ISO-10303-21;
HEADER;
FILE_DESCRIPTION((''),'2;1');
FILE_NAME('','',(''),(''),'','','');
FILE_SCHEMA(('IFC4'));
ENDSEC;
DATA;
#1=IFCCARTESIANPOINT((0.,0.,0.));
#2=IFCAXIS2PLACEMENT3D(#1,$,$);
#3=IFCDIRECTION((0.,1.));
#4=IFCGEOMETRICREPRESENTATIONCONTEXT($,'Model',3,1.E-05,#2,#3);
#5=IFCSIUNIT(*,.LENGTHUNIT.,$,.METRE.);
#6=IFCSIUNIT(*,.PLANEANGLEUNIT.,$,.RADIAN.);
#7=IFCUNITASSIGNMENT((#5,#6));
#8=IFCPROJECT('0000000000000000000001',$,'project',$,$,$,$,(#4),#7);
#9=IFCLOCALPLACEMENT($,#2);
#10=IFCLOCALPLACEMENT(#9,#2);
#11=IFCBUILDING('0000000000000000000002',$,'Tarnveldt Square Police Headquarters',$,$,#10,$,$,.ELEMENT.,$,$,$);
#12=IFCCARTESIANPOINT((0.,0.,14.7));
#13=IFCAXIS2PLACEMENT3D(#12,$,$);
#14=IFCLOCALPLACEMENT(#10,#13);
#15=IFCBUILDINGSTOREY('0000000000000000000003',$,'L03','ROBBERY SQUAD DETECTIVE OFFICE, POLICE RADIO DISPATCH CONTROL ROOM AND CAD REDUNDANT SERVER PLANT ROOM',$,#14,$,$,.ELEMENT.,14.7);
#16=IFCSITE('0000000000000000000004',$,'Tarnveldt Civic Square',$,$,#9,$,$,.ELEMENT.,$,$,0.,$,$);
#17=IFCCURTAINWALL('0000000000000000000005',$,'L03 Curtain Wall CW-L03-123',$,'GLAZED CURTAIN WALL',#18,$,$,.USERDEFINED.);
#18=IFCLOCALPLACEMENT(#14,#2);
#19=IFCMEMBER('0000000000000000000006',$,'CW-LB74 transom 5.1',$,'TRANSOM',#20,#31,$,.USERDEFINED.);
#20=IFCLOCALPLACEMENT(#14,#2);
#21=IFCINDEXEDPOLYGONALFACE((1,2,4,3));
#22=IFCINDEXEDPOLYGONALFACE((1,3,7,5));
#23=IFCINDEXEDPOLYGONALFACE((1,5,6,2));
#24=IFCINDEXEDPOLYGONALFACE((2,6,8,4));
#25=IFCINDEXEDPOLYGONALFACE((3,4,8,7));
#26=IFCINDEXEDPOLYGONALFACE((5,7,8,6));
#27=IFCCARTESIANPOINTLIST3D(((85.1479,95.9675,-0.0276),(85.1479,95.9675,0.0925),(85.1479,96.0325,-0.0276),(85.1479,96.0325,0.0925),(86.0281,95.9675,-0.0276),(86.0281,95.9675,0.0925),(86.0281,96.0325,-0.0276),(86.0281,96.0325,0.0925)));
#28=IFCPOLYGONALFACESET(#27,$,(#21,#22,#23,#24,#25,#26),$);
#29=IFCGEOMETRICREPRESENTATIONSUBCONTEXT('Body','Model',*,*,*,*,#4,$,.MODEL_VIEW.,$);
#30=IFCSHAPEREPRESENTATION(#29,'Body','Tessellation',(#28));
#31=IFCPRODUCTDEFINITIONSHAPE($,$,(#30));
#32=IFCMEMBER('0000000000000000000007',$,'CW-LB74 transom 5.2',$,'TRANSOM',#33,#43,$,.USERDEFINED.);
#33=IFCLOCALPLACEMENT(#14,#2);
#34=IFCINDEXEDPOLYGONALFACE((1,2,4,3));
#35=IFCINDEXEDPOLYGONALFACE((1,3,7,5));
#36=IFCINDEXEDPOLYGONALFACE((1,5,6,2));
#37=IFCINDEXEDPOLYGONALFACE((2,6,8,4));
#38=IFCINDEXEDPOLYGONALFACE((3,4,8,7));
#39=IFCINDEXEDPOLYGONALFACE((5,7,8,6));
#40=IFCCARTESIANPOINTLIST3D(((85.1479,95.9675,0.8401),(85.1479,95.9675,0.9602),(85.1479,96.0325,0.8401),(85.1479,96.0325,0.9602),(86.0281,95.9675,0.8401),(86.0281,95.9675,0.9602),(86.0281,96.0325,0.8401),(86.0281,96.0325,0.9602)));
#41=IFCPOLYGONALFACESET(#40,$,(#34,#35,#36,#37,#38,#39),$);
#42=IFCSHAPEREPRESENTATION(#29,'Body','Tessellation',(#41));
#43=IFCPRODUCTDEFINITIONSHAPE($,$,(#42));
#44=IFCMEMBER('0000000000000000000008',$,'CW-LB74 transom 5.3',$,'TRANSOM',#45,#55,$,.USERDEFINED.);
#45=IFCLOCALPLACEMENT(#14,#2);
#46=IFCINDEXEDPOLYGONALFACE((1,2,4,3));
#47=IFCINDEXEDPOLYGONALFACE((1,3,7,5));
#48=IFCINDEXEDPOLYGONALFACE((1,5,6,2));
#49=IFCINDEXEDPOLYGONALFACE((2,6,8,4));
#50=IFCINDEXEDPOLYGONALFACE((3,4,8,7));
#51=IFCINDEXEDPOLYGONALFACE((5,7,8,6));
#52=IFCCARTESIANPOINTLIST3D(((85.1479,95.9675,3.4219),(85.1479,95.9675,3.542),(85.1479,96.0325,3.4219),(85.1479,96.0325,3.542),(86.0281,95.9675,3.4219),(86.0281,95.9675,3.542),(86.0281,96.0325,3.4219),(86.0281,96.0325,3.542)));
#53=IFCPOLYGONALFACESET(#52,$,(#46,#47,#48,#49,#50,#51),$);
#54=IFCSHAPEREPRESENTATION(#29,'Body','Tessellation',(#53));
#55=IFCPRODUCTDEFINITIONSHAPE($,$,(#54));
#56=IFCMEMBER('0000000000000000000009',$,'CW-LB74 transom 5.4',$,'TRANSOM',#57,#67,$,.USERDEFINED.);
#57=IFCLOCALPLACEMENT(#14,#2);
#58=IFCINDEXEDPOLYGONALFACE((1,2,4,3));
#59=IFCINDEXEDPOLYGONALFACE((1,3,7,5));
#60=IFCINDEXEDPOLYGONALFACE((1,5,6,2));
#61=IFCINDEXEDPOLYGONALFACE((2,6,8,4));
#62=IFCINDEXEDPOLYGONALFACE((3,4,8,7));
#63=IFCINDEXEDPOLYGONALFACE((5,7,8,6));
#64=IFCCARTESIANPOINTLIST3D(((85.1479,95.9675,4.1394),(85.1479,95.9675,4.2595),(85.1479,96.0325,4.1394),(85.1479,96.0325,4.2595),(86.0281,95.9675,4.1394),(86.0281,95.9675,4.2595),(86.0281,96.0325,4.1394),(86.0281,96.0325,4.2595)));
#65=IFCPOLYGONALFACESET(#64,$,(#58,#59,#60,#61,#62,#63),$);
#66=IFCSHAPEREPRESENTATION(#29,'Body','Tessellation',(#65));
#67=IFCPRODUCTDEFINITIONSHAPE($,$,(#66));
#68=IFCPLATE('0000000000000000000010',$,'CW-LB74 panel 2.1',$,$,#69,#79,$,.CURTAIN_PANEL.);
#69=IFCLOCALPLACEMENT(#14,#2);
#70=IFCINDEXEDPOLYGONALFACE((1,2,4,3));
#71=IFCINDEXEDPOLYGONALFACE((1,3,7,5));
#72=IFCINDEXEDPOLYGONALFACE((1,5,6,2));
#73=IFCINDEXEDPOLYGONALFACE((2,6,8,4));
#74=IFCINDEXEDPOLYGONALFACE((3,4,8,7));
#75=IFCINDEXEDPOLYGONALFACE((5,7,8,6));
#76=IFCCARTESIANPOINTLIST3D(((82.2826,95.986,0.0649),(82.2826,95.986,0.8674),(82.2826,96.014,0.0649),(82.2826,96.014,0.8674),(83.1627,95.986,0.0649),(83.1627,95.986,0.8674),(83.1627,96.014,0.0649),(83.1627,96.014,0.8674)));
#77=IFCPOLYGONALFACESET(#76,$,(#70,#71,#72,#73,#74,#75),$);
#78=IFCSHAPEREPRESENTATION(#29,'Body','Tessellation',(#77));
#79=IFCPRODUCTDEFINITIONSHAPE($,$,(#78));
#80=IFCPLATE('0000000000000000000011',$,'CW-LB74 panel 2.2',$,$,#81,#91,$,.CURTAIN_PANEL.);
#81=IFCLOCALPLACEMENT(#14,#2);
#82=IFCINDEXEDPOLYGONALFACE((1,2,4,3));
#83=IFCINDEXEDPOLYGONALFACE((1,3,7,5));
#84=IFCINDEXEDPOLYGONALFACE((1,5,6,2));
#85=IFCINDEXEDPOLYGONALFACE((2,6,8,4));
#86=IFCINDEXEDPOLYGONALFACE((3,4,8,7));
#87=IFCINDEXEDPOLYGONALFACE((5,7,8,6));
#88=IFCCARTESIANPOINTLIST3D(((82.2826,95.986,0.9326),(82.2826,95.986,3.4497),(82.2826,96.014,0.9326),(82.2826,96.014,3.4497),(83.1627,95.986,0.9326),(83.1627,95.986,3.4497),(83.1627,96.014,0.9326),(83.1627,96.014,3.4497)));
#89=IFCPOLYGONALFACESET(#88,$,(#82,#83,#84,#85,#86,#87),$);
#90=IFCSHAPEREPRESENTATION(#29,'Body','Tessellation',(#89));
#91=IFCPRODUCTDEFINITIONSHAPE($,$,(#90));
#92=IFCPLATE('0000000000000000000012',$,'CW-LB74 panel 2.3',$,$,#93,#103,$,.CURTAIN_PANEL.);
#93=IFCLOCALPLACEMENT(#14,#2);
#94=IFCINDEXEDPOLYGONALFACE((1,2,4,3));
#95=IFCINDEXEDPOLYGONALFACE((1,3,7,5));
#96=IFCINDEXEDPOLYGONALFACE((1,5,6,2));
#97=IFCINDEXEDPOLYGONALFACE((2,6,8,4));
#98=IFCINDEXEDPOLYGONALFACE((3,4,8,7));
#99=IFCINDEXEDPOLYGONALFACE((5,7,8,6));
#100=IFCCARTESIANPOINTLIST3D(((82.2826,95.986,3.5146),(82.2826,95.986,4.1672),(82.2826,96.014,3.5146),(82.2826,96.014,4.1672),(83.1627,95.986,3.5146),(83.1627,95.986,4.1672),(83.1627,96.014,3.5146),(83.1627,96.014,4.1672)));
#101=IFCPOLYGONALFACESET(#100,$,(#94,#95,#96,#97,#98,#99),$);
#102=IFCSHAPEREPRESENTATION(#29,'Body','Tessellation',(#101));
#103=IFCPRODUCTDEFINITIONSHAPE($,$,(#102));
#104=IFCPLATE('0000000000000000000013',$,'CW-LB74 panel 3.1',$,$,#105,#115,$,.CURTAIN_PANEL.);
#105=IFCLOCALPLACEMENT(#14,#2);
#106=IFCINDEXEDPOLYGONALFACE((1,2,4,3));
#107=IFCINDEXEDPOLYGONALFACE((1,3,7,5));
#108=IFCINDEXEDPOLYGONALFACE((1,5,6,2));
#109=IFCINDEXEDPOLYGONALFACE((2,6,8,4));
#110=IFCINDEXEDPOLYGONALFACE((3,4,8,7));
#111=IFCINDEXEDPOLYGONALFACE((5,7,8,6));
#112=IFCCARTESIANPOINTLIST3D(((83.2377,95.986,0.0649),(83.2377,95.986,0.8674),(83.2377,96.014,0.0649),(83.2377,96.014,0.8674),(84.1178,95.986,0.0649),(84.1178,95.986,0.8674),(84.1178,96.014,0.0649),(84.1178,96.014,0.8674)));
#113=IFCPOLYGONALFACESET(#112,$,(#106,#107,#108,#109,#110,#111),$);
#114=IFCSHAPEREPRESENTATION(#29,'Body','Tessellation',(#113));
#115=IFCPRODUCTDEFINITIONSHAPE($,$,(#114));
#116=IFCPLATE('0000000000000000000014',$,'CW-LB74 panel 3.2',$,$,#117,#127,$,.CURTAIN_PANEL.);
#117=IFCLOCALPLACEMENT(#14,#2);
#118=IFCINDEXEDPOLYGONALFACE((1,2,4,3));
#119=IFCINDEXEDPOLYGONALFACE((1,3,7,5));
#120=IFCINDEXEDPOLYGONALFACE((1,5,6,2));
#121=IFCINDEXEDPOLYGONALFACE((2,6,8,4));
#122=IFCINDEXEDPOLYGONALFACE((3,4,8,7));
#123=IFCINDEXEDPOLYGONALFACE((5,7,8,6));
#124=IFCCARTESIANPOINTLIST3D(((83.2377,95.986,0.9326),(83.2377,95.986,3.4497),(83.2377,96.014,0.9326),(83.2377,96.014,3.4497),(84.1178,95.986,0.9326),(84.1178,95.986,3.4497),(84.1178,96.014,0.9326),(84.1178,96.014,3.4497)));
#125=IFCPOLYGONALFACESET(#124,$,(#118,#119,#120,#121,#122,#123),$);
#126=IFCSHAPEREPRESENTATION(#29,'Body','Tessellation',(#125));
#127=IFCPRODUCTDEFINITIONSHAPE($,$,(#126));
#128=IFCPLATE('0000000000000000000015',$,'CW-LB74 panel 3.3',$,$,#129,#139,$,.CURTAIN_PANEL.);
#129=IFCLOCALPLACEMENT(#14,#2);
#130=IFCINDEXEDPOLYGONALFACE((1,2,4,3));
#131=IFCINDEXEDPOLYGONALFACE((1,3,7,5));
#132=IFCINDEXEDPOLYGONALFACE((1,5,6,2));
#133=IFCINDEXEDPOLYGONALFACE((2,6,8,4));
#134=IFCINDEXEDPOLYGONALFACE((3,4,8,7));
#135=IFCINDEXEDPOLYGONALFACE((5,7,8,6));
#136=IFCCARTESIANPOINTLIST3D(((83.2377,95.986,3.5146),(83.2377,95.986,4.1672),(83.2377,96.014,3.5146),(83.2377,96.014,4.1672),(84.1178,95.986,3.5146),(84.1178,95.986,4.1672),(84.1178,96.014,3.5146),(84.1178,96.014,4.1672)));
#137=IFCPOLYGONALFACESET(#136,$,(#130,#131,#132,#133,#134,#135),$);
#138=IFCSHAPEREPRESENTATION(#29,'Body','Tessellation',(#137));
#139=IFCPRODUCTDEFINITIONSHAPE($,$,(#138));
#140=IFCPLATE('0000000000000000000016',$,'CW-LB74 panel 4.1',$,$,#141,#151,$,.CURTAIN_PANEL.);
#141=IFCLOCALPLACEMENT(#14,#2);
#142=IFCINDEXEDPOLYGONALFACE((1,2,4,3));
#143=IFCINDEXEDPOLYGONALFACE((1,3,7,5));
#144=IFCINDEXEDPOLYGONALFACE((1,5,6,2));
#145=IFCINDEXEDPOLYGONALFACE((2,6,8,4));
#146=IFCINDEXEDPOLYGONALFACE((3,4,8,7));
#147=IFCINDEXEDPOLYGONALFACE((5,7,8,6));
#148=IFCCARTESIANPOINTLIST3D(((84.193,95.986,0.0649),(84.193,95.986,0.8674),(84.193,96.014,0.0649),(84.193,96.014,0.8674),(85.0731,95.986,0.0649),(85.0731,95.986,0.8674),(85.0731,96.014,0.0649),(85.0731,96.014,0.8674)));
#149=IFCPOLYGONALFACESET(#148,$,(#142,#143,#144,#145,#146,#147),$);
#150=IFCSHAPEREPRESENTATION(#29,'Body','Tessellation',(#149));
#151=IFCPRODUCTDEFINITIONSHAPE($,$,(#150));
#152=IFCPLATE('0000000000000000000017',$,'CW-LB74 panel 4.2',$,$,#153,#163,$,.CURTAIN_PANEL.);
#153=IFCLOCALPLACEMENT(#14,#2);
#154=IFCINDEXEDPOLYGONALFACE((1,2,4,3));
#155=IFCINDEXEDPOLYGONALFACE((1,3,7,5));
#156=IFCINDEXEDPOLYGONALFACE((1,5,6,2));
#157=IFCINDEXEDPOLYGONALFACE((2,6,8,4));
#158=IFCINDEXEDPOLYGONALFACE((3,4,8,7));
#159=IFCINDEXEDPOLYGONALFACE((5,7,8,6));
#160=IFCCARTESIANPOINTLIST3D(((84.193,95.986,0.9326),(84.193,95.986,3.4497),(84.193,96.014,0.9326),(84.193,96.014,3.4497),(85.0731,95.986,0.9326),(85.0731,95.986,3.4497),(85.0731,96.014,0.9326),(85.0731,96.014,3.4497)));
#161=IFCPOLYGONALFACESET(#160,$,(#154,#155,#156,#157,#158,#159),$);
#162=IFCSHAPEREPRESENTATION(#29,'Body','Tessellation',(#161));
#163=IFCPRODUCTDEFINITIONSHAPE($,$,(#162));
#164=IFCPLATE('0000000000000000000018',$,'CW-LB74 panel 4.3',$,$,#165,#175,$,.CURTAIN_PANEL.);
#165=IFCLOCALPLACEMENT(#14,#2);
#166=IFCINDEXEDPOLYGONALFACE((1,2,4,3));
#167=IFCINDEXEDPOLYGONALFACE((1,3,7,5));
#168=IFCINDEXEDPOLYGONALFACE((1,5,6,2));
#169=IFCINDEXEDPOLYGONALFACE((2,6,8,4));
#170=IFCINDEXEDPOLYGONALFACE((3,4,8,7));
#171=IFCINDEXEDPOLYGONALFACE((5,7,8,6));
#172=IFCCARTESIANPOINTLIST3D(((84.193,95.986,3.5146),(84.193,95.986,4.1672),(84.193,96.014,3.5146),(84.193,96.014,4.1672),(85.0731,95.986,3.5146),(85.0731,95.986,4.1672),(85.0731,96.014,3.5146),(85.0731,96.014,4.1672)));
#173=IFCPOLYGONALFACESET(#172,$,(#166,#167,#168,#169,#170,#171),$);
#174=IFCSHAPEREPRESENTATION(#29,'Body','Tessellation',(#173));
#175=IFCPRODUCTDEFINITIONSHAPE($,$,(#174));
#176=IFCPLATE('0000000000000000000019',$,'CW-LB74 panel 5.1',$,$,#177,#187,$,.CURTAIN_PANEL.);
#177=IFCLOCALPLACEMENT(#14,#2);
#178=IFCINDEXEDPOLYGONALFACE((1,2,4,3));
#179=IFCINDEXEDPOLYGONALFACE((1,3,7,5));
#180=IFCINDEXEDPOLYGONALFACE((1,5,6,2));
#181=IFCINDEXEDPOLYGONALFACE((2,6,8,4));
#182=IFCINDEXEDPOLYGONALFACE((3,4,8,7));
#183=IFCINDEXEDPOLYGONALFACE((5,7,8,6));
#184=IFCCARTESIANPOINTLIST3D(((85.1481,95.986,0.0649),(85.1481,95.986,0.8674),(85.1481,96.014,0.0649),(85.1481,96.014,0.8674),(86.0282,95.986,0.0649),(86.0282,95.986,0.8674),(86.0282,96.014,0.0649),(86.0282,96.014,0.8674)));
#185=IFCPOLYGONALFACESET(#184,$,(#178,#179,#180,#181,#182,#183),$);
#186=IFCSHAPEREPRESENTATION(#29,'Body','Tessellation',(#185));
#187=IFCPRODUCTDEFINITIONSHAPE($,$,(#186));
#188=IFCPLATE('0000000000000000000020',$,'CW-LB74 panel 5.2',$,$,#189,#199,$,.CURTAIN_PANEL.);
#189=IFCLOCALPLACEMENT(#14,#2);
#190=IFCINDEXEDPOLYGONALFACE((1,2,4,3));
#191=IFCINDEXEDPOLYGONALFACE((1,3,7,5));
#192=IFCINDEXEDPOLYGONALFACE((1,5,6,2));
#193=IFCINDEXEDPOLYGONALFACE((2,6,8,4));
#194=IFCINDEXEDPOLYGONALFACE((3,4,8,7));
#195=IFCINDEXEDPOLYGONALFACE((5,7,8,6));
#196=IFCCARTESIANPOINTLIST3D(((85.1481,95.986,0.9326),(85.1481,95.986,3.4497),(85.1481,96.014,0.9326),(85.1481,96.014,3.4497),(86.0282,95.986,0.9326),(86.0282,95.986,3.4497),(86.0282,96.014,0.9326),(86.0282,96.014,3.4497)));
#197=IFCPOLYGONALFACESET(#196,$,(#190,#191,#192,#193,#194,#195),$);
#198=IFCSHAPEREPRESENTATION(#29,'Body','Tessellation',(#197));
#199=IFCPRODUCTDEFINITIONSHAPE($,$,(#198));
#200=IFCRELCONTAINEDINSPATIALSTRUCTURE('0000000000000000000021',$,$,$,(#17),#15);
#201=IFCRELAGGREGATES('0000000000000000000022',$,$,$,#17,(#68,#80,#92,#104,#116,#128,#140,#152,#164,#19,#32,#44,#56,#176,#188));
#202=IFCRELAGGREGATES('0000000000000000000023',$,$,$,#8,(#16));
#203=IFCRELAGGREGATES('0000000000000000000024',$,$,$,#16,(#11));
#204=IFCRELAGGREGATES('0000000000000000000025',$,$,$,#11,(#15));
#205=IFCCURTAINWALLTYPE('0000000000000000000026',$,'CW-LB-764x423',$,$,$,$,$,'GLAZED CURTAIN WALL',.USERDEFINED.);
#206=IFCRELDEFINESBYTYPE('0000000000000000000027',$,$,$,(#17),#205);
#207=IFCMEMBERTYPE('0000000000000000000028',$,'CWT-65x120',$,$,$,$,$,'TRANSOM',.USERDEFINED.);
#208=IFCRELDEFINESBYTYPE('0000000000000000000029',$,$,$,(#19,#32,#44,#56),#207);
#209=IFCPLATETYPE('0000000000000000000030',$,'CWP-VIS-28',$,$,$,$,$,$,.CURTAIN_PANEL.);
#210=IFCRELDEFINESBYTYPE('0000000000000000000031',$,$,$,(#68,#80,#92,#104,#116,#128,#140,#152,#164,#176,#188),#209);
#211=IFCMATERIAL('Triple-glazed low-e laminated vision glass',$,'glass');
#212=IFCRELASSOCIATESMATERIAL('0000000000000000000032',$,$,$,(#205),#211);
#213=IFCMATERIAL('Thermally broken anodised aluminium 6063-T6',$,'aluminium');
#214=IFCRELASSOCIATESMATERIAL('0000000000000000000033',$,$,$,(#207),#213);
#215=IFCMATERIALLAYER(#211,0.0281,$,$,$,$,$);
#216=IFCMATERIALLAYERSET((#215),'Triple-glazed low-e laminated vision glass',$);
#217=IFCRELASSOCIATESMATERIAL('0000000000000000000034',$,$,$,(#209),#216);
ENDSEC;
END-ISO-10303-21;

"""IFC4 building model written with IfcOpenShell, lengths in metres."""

from ifc_helpers import new_model, si_unit, direction, frame, origin, origin_2d, place, context, subcontext, project, spatial, rectangle, extrude, material, layer, layer_set, material_profile, profile_set, type_object, element, aggregate, save


model = new_model("IFC4")

# Units and contexts
model_context = context("Model", 3, precision=1e-05, world=origin(), true_north=direction((0.0, 1.0)))
body_context = subcontext(model_context, "Body", "Model", "MODEL_VIEW")
ifc_project = project(units=[si_unit("LENGTHUNIT", "METRE"), si_unit("PLANEANGLEUNIT", "RADIAN")], contexts=[model_context])

# Site, building, storey
site_placement = place(None, origin())
site = spatial("IfcSite", under=ifc_project, at=site_placement, Name="Tarnveldt Civic Square", CompositionType="ELEMENT", RefElevation=0.0)
building_placement = place(site_placement, origin())
building = spatial("IfcBuilding", under=site, at=building_placement, Name="Tarnveldt Square Police Headquarters", CompositionType="ELEMENT")
storey_placement = place(building_placement, frame((0.0, 0.0, 14.7)))
storey = spatial("IfcBuildingStorey", under=building, at=storey_placement, Name="L03", Description="ROBBERY SQUAD DETECTIVE OFFICE, POLICE RADIO DISPATCH CONTROL ROOM AND CAD REDUNDANT SERVER PLANT ROOM", CompositionType="ELEMENT", Elevation=14.7)

# Curtain wall, members, plates
ifc_material_1 = material(Name="Triple-glazed low-e laminated vision glass", Category="glass")
curtain_wall_type = type_object("IfcCurtainWallType", Name="CW-LB-764x423", ElementType="GLAZED CURTAIN WALL", PredefinedType="USERDEFINED", material=ifc_material_1)
curtain_wall_placement = place(storey_placement, origin())
curtain_wall = element("IfcCurtainWall", 1, at=curtain_wall_placement, inside=storey, type_object=curtain_wall_type, Name="L03 Curtain Wall CW-L03-123", ObjectType="GLAZED CURTAIN WALL", PredefinedType="USERDEFINED")
ifc_material_2 = material(Name="Thermally broken anodised aluminium 6063-T6", Category="aluminium")
ifc_material_profile_1 = material_profile(ifc_material_2, rectangle(XDim=0.0649, YDim=0.1201, at=origin_2d()), Name="CW-T65x120")
ifc_profile_set_1 = profile_set([ifc_material_profile_1], Name="Thermally broken anodised aluminium 6063-T6")
member_type_1 = type_object("IfcMemberType", Name="CWT-65x120", ElementType="TRANSOM", PredefinedType="USERDEFINED", material=ifc_profile_set_1)
member_1_placement = place(storey_placement, frame((85.1479, 96.0, 0.0325), z_axis=(1.0, 0.0, 0.0), x_axis=(0.0, 1.0, 0.0)))
member_1 = element("IfcMember", 2, at=member_1_placement, type_object=member_type_1, Name="CW-LB74 transom 5.1", ObjectType="TRANSOM", PredefinedType="USERDEFINED", context=body_context, shape_type="SweptSolid", body=[
    extrude(rectangle(XDim=0.0649, YDim=0.1201, at=origin_2d()), origin(), (0.0, 0.0, 1.0), 0.8801),
])
member_2_placement = place(storey_placement, frame((85.1479, 96.0, 0.9001), z_axis=(1.0, 0.0, 0.0), x_axis=(0.0, 1.0, 0.0)))
member_2 = element("IfcMember", 3, at=member_2_placement, type_object=member_type_1, Name="CW-LB74 transom 5.2", ObjectType="TRANSOM", PredefinedType="USERDEFINED", context=body_context, shape_type="SweptSolid", body=[
    extrude(rectangle(XDim=0.0649, YDim=0.1201, at=origin_2d()), origin(), (0.0, 0.0, 1.0), 0.8801),
])
member_3_placement = place(storey_placement, frame((85.1479, 96.0, 3.4819), z_axis=(1.0, 0.0, 0.0), x_axis=(0.0, 1.0, 0.0)))
member_3 = element("IfcMember", 4, at=member_3_placement, type_object=member_type_1, Name="CW-LB74 transom 5.3", ObjectType="TRANSOM", PredefinedType="USERDEFINED", context=body_context, shape_type="SweptSolid", body=[
    extrude(rectangle(XDim=0.0649, YDim=0.1201, at=origin_2d()), origin(), (0.0, 0.0, 1.0), 0.8801),
])
member_4_placement = place(storey_placement, frame((85.1479, 96.0, 4.1995), z_axis=(1.0, 0.0, 0.0), x_axis=(0.0, 1.0, 0.0)))
member_4 = element("IfcMember", 5, at=member_4_placement, type_object=member_type_1, Name="CW-LB74 transom 5.4", ObjectType="TRANSOM", PredefinedType="USERDEFINED", context=body_context, shape_type="SweptSolid", body=[
    extrude(rectangle(XDim=0.0649, YDim=0.1201, at=origin_2d()), origin(), (0.0, 0.0, 1.0), 0.8801),
])
ifc_layer = layer(ifc_material_1, 0.0281)
ifc_layer_set = layer_set([ifc_layer], Name="Triple-glazed low-e laminated vision glass")
plate_type = type_object("IfcPlateType", Name="CWP-VIS-28", PredefinedType="CURTAIN_PANEL", material=ifc_layer_set)
plate_1_placement = place(storey_placement, frame((82.7227, 96.0, 0.0649), z_axis=(0.0, 0.0, 1.0), x_axis=(1.0, 0.0, 0.0)))
plate_1 = element("IfcPlate", 6, at=plate_1_placement, type_object=plate_type, Name="CW-LB74 panel 2.1", PredefinedType="CURTAIN_PANEL", context=body_context, shape_type="SweptSolid", body=[
    extrude(rectangle(XDim=0.8801, YDim=0.0281, at=origin_2d()), origin(), (0.0, 0.0, 1.0), 0.8025),
])
plate_2_placement = place(storey_placement, frame((82.7227, 96.0, 0.9326), z_axis=(0.0, 0.0, 1.0), x_axis=(1.0, 0.0, 0.0)))
plate_2 = element("IfcPlate", 7, at=plate_2_placement, type_object=plate_type, Name="CW-LB74 panel 2.2", PredefinedType="CURTAIN_PANEL", context=body_context, shape_type="SweptSolid", body=[
    extrude(rectangle(XDim=0.8801, YDim=0.0281, at=origin_2d()), origin(), (0.0, 0.0, 1.0), 2.5171),
])
plate_3_placement = place(storey_placement, frame((82.7227, 96.0, 3.5146), z_axis=(0.0, 0.0, 1.0), x_axis=(1.0, 0.0, 0.0)))
plate_3 = element("IfcPlate", 8, at=plate_3_placement, type_object=plate_type, Name="CW-LB74 panel 2.3", PredefinedType="CURTAIN_PANEL", context=body_context, shape_type="SweptSolid", body=[
    extrude(rectangle(XDim=0.8801, YDim=0.0281, at=origin_2d()), origin(), (0.0, 0.0, 1.0), 0.6526),
])
plate_4_placement = place(storey_placement, frame((83.6777, 96.0, 0.0649), z_axis=(0.0, 0.0, 1.0), x_axis=(1.0, 0.0, 0.0)))
plate_4 = element("IfcPlate", 9, at=plate_4_placement, type_object=plate_type, Name="CW-LB74 panel 3.1", PredefinedType="CURTAIN_PANEL", context=body_context, shape_type="SweptSolid", body=[
    extrude(rectangle(XDim=0.8801, YDim=0.0281, at=origin_2d()), origin(), (0.0, 0.0, 1.0), 0.8025),
])
plate_5_placement = place(storey_placement, frame((83.6777, 96.0, 0.9326), z_axis=(0.0, 0.0, 1.0), x_axis=(1.0, 0.0, 0.0)))
plate_5 = element("IfcPlate", 10, at=plate_5_placement, type_object=plate_type, Name="CW-LB74 panel 3.2", PredefinedType="CURTAIN_PANEL", context=body_context, shape_type="SweptSolid", body=[
    extrude(rectangle(XDim=0.8801, YDim=0.0281, at=origin_2d()), origin(), (0.0, 0.0, 1.0), 2.5171),
])
plate_6_placement = place(storey_placement, frame((83.6777, 96.0, 3.5146), z_axis=(0.0, 0.0, 1.0), x_axis=(1.0, 0.0, 0.0)))
plate_6 = element("IfcPlate", 11, at=plate_6_placement, type_object=plate_type, Name="CW-LB74 panel 3.3", PredefinedType="CURTAIN_PANEL", context=body_context, shape_type="SweptSolid", body=[
    extrude(rectangle(XDim=0.8801, YDim=0.0281, at=origin_2d()), origin(), (0.0, 0.0, 1.0), 0.6526),
])
plate_7_placement = place(storey_placement, frame((84.6331, 96.0, 0.0649), z_axis=(0.0, 0.0, 1.0), x_axis=(1.0, 0.0, 0.0)))
plate_7 = element("IfcPlate", 12, at=plate_7_placement, type_object=plate_type, Name="CW-LB74 panel 4.1", PredefinedType="CURTAIN_PANEL", context=body_context, shape_type="SweptSolid", body=[
    extrude(rectangle(XDim=0.8801, YDim=0.0281, at=origin_2d()), origin(), (0.0, 0.0, 1.0), 0.8025),
])
plate_8_placement = place(storey_placement, frame((84.6331, 96.0, 0.9326), z_axis=(0.0, 0.0, 1.0), x_axis=(1.0, 0.0, 0.0)))
plate_8 = element("IfcPlate", 13, at=plate_8_placement, type_object=plate_type, Name="CW-LB74 panel 4.2", PredefinedType="CURTAIN_PANEL", context=body_context, shape_type="SweptSolid", body=[
    extrude(rectangle(XDim=0.8801, YDim=0.0281, at=origin_2d()), origin(), (0.0, 0.0, 1.0), 2.5171),
])
plate_9_placement = place(storey_placement, frame((84.6331, 96.0, 3.5146), z_axis=(0.0, 0.0, 1.0), x_axis=(1.0, 0.0, 0.0)))
plate_9 = element("IfcPlate", 14, at=plate_9_placement, type_object=plate_type, Name="CW-LB74 panel 4.3", PredefinedType="CURTAIN_PANEL", context=body_context, shape_type="SweptSolid", body=[
    extrude(rectangle(XDim=0.8801, YDim=0.0281, at=origin_2d()), origin(), (0.0, 0.0, 1.0), 0.6526),
])
plate_10_placement = place(storey_placement, frame((85.5881, 96.0, 0.0649), z_axis=(0.0, 0.0, 1.0), x_axis=(1.0, 0.0, 0.0)))
plate_10 = element("IfcPlate", 15, at=plate_10_placement, type_object=plate_type, Name="CW-LB74 panel 5.1", PredefinedType="CURTAIN_PANEL", context=body_context, shape_type="SweptSolid", body=[
    extrude(rectangle(XDim=0.8801, YDim=0.0281, at=origin_2d()), origin(), (0.0, 0.0, 1.0), 0.8025),
])
plate_11_placement = place(storey_placement, frame((85.5881, 96.0, 0.9326), z_axis=(0.0, 0.0, 1.0), x_axis=(1.0, 0.0, 0.0)))
plate_11 = element("IfcPlate", 16, at=plate_11_placement, type_object=plate_type, Name="CW-LB74 panel 5.2", PredefinedType="CURTAIN_PANEL", context=body_context, shape_type="SweptSolid", body=[
    extrude(rectangle(XDim=0.8801, YDim=0.0281, at=origin_2d()), origin(), (0.0, 0.0, 1.0), 2.5171),
])
aggregate(curtain_wall, [plate_1, plate_2, plate_3, plate_4, plate_5, plate_6, plate_7, plate_8, plate_9, member_1, member_2, member_3, member_4, plate_10, plate_11])

save(model, "model.ifc")
